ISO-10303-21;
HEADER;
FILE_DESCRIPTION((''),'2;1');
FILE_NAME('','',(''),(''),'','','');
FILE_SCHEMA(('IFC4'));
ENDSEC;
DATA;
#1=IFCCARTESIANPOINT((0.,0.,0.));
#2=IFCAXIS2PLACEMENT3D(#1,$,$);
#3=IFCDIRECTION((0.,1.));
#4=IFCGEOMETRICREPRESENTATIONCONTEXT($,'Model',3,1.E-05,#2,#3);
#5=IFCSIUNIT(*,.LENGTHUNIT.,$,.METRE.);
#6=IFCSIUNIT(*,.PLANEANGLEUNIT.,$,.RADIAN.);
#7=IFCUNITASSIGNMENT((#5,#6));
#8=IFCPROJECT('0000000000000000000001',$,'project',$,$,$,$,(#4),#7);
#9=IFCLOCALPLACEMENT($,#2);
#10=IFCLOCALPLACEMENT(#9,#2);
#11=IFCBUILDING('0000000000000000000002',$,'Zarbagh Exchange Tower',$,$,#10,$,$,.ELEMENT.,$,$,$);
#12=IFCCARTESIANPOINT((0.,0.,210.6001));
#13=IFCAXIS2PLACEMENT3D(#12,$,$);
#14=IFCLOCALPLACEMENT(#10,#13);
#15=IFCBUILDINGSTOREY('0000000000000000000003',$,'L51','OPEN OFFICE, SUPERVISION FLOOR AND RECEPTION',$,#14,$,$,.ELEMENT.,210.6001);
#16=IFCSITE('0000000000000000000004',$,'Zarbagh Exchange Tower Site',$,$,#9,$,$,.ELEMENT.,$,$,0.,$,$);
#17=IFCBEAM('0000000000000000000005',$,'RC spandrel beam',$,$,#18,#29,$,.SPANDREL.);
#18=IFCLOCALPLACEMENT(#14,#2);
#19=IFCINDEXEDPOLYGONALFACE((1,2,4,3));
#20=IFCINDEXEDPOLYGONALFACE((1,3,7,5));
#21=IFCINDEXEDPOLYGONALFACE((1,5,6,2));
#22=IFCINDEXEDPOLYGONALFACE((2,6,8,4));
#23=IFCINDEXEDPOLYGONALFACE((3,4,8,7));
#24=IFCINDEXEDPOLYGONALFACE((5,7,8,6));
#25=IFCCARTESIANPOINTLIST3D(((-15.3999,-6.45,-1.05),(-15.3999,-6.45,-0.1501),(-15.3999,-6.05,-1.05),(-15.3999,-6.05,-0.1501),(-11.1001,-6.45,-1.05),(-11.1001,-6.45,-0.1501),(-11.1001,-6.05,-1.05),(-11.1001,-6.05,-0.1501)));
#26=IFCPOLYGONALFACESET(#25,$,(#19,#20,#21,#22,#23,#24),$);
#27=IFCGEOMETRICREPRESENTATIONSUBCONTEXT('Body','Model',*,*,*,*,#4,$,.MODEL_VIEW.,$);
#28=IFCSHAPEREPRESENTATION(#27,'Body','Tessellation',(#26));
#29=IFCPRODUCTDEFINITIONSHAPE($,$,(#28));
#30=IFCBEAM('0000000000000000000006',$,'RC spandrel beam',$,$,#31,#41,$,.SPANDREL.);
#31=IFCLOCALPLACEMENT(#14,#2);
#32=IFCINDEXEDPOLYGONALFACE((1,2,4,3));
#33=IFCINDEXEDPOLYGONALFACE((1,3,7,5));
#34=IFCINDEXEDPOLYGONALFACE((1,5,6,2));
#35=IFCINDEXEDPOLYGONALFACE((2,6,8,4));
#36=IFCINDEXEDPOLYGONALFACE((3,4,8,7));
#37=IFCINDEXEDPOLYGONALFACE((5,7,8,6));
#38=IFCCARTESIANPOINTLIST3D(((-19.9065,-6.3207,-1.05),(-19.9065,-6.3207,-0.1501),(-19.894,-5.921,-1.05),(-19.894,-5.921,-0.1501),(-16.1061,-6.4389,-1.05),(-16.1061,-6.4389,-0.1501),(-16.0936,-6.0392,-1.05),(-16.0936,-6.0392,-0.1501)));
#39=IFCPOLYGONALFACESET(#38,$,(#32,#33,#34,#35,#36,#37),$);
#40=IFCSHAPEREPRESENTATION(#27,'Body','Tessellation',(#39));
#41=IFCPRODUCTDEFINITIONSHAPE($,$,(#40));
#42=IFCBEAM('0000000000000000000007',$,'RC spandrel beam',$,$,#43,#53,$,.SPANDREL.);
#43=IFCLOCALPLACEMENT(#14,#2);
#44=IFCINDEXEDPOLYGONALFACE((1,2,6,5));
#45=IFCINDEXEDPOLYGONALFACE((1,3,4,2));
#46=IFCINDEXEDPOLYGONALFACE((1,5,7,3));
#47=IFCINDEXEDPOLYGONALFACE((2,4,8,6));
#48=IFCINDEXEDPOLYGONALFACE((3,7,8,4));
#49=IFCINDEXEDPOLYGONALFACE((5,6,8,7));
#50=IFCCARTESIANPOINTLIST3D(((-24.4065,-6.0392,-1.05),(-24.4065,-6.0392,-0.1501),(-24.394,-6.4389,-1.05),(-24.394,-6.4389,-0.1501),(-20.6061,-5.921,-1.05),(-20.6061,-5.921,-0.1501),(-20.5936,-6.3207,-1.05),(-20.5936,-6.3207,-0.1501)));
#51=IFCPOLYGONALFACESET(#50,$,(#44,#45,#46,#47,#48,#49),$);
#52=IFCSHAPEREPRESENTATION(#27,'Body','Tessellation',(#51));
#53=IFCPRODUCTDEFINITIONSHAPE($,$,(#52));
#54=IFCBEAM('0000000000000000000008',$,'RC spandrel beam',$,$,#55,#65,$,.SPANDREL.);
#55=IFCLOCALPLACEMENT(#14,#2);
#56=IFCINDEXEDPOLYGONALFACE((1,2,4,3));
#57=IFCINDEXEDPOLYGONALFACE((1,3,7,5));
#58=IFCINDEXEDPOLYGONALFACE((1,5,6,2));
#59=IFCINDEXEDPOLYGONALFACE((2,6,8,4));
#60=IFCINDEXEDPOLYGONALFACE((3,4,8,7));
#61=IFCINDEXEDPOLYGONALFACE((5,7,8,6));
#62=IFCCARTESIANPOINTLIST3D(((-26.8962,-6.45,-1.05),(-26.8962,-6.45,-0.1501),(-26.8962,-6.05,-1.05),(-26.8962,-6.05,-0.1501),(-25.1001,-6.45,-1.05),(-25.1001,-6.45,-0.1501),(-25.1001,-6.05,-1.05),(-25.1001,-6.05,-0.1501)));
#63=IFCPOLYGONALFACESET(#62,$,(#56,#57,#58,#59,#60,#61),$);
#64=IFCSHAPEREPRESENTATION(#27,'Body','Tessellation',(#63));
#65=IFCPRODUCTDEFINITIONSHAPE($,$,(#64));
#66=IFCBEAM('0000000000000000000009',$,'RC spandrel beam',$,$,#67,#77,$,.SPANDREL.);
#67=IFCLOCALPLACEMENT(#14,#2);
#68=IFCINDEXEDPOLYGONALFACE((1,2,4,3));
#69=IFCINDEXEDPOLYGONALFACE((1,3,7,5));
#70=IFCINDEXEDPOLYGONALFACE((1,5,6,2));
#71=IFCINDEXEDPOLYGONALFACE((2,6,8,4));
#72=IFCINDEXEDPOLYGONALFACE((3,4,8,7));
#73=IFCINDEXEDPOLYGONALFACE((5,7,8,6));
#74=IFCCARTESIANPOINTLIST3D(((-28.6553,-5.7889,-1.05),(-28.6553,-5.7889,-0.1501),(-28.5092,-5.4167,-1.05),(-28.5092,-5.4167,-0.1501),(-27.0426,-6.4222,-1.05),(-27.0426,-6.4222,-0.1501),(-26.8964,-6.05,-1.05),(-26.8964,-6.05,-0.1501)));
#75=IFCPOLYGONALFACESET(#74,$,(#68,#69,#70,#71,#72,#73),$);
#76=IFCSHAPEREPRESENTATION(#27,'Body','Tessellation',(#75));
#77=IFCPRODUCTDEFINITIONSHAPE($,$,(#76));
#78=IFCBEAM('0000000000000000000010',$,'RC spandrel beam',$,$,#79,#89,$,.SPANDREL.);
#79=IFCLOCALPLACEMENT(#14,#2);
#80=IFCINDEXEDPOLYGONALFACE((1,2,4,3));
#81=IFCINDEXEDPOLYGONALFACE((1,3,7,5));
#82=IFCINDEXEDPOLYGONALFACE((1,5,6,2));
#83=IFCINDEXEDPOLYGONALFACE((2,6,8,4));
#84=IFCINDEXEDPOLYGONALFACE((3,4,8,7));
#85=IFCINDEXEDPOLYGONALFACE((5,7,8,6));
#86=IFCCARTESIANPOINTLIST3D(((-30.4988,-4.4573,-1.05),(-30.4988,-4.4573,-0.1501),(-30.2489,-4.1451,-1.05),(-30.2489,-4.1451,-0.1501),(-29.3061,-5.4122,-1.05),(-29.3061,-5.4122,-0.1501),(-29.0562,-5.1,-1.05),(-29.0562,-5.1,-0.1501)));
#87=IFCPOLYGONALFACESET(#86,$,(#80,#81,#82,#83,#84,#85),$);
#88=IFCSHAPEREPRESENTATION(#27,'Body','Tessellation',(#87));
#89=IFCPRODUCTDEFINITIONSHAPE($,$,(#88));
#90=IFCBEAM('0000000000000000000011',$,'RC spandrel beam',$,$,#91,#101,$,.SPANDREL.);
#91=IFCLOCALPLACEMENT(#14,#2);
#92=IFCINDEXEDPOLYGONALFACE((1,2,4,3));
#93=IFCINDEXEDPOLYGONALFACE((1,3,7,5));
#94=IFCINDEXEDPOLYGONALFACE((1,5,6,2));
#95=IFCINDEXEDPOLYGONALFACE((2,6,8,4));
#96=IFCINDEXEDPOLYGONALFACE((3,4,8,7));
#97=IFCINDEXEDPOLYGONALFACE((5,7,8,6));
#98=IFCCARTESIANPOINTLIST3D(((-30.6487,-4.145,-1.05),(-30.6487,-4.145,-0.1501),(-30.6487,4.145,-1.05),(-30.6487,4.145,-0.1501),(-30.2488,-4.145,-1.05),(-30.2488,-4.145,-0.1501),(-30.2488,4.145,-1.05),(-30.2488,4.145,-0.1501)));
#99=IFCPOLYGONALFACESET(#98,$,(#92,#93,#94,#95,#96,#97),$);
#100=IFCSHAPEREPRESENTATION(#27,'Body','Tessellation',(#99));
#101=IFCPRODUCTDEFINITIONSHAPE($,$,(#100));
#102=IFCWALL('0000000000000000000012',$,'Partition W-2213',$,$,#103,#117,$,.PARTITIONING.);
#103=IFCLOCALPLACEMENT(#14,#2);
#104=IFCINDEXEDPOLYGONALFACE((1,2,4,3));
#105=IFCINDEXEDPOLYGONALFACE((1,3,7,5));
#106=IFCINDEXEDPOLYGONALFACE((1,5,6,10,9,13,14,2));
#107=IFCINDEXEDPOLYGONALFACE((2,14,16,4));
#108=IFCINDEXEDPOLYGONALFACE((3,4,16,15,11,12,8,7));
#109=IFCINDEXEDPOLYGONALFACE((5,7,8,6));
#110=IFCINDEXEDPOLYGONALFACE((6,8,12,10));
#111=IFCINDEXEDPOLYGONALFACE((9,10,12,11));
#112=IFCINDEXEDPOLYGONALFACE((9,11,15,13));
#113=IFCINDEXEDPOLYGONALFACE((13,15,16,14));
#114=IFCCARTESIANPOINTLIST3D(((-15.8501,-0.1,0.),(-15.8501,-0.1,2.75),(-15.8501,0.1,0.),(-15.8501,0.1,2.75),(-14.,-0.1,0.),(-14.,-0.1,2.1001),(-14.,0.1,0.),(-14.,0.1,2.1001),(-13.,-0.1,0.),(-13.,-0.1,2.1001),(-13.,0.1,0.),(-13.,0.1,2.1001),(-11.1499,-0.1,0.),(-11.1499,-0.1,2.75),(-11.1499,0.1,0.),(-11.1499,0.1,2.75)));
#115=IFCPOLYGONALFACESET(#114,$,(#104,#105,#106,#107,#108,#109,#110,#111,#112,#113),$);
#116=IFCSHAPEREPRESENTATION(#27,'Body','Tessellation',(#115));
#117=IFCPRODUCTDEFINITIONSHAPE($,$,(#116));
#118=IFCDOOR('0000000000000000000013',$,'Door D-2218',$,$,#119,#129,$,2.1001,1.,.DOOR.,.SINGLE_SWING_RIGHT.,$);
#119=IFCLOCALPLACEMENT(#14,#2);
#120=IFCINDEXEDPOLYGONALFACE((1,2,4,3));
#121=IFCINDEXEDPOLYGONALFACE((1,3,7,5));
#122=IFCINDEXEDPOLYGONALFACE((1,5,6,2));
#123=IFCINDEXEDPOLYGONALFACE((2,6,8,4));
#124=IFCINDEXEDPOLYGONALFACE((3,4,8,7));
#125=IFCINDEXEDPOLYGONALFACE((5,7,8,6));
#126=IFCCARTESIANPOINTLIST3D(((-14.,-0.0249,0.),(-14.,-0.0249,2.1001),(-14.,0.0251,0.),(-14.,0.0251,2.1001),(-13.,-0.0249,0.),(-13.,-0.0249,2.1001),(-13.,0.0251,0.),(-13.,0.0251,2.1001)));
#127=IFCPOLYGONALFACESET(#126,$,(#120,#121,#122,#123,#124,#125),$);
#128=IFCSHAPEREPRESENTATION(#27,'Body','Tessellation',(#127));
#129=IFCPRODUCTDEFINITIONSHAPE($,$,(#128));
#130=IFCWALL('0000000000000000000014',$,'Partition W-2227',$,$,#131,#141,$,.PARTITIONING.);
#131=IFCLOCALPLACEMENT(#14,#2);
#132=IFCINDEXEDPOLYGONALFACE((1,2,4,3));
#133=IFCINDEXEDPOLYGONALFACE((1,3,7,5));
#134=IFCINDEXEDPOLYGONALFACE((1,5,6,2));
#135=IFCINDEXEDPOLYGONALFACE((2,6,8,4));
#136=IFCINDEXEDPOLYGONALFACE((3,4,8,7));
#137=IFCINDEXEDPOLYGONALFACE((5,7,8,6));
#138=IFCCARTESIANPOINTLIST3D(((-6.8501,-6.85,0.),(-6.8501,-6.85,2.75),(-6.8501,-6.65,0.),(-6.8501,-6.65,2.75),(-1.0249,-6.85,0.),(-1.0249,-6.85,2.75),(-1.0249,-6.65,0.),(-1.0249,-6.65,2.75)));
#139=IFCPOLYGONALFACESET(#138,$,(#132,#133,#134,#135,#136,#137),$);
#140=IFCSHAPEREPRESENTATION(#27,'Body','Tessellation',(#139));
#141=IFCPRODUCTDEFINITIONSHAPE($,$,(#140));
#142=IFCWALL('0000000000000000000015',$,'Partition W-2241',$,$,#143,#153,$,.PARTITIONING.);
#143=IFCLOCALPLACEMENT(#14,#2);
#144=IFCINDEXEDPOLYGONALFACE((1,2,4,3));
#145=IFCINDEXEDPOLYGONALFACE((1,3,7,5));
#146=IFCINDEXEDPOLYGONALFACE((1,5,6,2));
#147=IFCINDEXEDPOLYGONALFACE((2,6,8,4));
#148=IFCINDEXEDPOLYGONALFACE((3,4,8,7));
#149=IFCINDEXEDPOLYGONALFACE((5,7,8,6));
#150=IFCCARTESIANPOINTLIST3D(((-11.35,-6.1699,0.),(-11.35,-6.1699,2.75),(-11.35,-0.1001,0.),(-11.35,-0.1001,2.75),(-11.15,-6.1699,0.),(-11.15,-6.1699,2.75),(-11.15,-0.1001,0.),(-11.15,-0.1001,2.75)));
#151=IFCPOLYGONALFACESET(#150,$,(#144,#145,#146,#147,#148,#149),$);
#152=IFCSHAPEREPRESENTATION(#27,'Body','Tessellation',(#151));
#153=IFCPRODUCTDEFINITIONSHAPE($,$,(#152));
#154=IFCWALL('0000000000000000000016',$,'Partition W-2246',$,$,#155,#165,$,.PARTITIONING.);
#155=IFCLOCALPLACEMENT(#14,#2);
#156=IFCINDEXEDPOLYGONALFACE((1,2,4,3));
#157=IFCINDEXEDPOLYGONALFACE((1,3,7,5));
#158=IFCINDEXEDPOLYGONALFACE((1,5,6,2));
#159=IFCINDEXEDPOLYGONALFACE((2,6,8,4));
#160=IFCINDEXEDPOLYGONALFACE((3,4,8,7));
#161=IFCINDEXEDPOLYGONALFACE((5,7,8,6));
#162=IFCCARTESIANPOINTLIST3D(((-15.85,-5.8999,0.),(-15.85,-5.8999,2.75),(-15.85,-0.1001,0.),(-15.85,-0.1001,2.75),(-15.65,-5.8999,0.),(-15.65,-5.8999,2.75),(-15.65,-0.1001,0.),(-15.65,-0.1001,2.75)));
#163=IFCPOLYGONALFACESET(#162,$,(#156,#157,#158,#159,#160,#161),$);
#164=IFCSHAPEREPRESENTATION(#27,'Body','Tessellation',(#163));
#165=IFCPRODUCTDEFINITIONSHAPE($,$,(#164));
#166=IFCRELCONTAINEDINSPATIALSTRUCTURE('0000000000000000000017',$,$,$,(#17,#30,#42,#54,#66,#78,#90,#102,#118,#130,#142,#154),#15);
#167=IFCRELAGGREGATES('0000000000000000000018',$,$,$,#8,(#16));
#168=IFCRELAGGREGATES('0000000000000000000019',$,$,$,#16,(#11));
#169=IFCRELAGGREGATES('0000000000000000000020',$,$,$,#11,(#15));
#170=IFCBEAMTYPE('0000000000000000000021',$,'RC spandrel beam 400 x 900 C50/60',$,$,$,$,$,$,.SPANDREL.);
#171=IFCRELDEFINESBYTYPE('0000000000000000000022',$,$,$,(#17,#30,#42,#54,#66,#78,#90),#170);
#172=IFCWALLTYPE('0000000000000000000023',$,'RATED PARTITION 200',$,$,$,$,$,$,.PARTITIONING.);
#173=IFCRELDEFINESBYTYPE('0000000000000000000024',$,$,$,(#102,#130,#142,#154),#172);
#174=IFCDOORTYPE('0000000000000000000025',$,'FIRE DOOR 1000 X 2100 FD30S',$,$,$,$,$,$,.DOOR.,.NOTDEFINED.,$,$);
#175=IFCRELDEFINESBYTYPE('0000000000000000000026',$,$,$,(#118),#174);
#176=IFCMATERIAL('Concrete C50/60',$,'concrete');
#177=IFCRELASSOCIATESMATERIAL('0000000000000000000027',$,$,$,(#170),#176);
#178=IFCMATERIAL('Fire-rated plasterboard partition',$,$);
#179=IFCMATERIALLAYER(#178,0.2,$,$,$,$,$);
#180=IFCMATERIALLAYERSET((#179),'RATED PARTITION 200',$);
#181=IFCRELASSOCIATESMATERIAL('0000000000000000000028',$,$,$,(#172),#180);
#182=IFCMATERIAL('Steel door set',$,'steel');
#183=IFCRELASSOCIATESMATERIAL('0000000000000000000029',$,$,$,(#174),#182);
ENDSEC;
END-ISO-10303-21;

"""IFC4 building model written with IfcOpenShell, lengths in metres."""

from ifc_helpers import new_model, si_unit, direction, frame, frame_2d, origin, origin_2d, place, context, subcontext, project, spatial, rectangle, extrude, material, layer, layer_set, material_profile, profile_set, type_object, element, fill, save


model = new_model("IFC4")

# Units and contexts
model_context = context("Model", 3, precision=1e-05, world=origin(), true_north=direction((0.0, 1.0)))
body_context = subcontext(model_context, "Body", "Model", "MODEL_VIEW")
ifc_project = project(units=[si_unit("LENGTHUNIT", "METRE"), si_unit("PLANEANGLEUNIT", "RADIAN")], contexts=[model_context])

# Site, building, storey
site_placement = place(None, origin())
site = spatial("IfcSite", under=ifc_project, at=site_placement, Name="Zarbagh Exchange Tower Site", CompositionType="ELEMENT", RefElevation=0.0)
building_placement = place(site_placement, origin())
building = spatial("IfcBuilding", under=site, at=building_placement, Name="Zarbagh Exchange Tower", CompositionType="ELEMENT")
storey_placement = place(building_placement, frame((0.0, 0.0, 210.6001)))
storey = spatial("IfcBuildingStorey", under=building, at=storey_placement, Name="L51", Description="OPEN OFFICE, SUPERVISION FLOOR AND RECEPTION", CompositionType="ELEMENT", Elevation=210.6001)

# Shared definitions
ifc_material_1 = material(Name="Concrete C50/60", Category="concrete")

# Beams
ifc_material_profile_1 = material_profile(ifc_material_1, rectangle(XDim=0.3999, YDim=0.8999, at=origin_2d()), Name="RC spandrel beam 400 x 900 C50/60")
ifc_profile_set_1 = profile_set([ifc_material_profile_1], Name="Concrete C50/60")
beam_type_1 = type_object("IfcBeamType", Name="RC spandrel beam 400 x 900 C50/60", PredefinedType="SPANDREL", material=ifc_profile_set_1)
beam_1_placement = place(storey_placement, frame((-11.1001, -6.25, -0.6001), z_axis=(-1.0, 0.0, 0.0), x_axis=(0.0, -1.0, 0.0)))
element("IfcBeam", 1, at=beam_1_placement, inside=storey, type_object=beam_type_1, Name="RC spandrel beam", PredefinedType="SPANDREL", context=body_context, shape_type="SweptSolid", body=[
    extrude(rectangle(XDim=0.3999, YDim=0.8999, at=origin_2d()), origin(), (0.0, 0.0, 1.0), 4.2998),
])
for number, where, z_axis, x_axis, name in (
    (2, (-16.0999, -6.239, -0.6001), (-0.999517, 0.031078, 0.0), (-0.031078, -0.999517, 0.0), "RC spandrel beam"),
    (3, (-20.5999, -6.1208, -0.6001), (-0.999517, -0.031078, 0.0), (0.031078, -0.999517, 0.0), "RC spandrel beam"),
):
    element("IfcBeam", number, at=place(storey_placement, frame(where, z_axis=z_axis, x_axis=x_axis)), inside=storey, type_object=beam_type_1, Name=name, PredefinedType="SPANDREL", context=body_context, shape_type="SweptSolid", body=[
        extrude(rectangle(XDim=0.3999, YDim=0.8999, at=origin_2d()), origin(), (0.0, 0.0, 1.0), 3.8022),
    ])
beam_2_placement = place(storey_placement, frame((-25.1001, -6.25, -0.6001), z_axis=(-1.0, 0.0, 0.0), x_axis=(0.0, -1.0, 0.0)))
element("IfcBeam", 4, at=beam_2_placement, inside=storey, type_object=beam_type_1, Name="RC spandrel beam", PredefinedType="SPANDREL", context=body_context, shape_type="SweptSolid", body=[
    extrude(rectangle(XDim=0.3999, YDim=0.8999, at=origin_2d()), origin(), (0.0, 0.0, 1.0), 1.7961),
])
beam_3_placement = place(storey_placement, frame((-26.9695, -6.2361, -0.6001), z_axis=(-0.93081, 0.365504, 0.0), x_axis=(-0.365504, -0.93081, 0.0)))
element("IfcBeam", 5, at=beam_3_placement, inside=storey, type_object=beam_type_1, Name="RC spandrel beam", PredefinedType="SPANDREL", context=body_context, shape_type="SweptSolid", body=[
    extrude(rectangle(XDim=0.3999, YDim=0.8999, at=origin_2d()), origin(), (0.0, 0.0, 1.0), 1.7327),
])
beam_4_placement = place(storey_placement, frame((-29.1812, -5.2561, -0.6001), z_axis=(-0.780635, 0.624987, 0.0), x_axis=(-0.624987, -0.780635, 0.0)))
element("IfcBeam", 6, at=beam_4_placement, inside=storey, type_object=beam_type_1, Name="RC spandrel beam", PredefinedType="SPANDREL", context=body_context, shape_type="SweptSolid", body=[
    extrude(rectangle(XDim=0.3999, YDim=0.8999, at=origin_2d()), origin(), (0.0, 0.0, 1.0), 1.5278),
])
beam_5_placement = place(storey_placement, frame((-30.4487, -4.145, -0.6001), z_axis=(0.0, 1.0, 0.0), x_axis=(-1.0, 0.0, 0.0)))
element("IfcBeam", 7, at=beam_5_placement, inside=storey, type_object=beam_type_1, Name="RC spandrel beam", PredefinedType="SPANDREL", context=body_context, shape_type="SweptSolid", body=[
    extrude(rectangle(XDim=0.3999, YDim=0.8999, at=origin_2d()), origin(), (0.0, 0.0, 1.0), 8.29),
])

# Wall, opening, door
ifc_material_2 = material(Name="Fire-rated plasterboard partition")
ifc_layer = layer(ifc_material_2, 0.2)
ifc_layer_set = layer_set([ifc_layer], Name="RATED PARTITION 200")
wall_type = type_object("IfcWallType", Name="RATED PARTITION 200", PredefinedType="PARTITIONING", material=ifc_layer_set)
wall_1_placement = place(storey_placement, frame((-11.1499, 0.0, 0.0), z_axis=(0.0, 0.0, 1.0), x_axis=(-1.0, 0.0, 0.0)))
wall_1 = element("IfcWall", 8, at=wall_1_placement, inside=storey, type_object=wall_type, Name="Partition W-2213", PredefinedType="PARTITIONING", context=body_context, shape_type="SweptSolid", body=[
    extrude(rectangle(XDim=4.7002, YDim=0.2, at=frame_2d((2.3501, 0.0))), origin(), (0.0, 0.0, 1.0), 2.75),
])
opening_placement = place(wall_1_placement, frame((1.8501, 0.0, 0.0)))
opening = element("IfcOpeningElement", 9, at=opening_placement, cuts=wall_1, PredefinedType="OPENING", context=body_context, shape_type="SweptSolid", body=[
    extrude(rectangle(XDim=1.0, YDim=2.1001, at=frame_2d((0.5, 1.05))), frame((0.0, 0.1099, 0.0), z_axis=(0.0, -1.0, 0.0), x_axis=(1.0, 0.0, 0.0)), (0.0, 0.0, 1.0), 0.22),
])
ifc_material_3 = material(Name="Steel door set", Category="steel")
door_type = type_object("IfcDoorType", Name="FIRE DOOR 1000 X 2100 FD30S", OperationType="NOTDEFINED", PredefinedType="DOOR", material=ifc_material_3)
door_placement = place(opening_placement, origin())
door = element("IfcDoor", 10, at=door_placement, inside=storey, type_object=door_type, Name="Door D-2218", OperationType="SINGLE_SWING_RIGHT", OverallHeight=2.1001, OverallWidth=1.0, PredefinedType="DOOR", context=body_context, shape_type="SweptSolid", body=[
    extrude(rectangle(XDim=1.0, YDim=2.1001, at=frame_2d((0.5, 1.05))), frame((0.0, 0.0249, 0.0), z_axis=(0.0, -1.0, 0.0), x_axis=(1.0, 0.0, 0.0)), (0.0, 0.0, 1.0), 0.05),
])
fill(opening, door)

# Walls
wall_2_placement = place(storey_placement, frame((-6.8501, -6.75, 0.0), z_axis=(0.0, 0.0, 1.0), x_axis=(1.0, 0.0, 0.0)))
element("IfcWall", 11, at=wall_2_placement, inside=storey, type_object=wall_type, Name="Partition W-2227", PredefinedType="PARTITIONING", context=body_context, shape_type="SweptSolid", body=[
    extrude(rectangle(XDim=5.8252, YDim=0.2, at=frame_2d((2.9126, 0.0))), origin(), (0.0, 0.0, 1.0), 2.75),
])
wall_3_placement = place(storey_placement, frame((-11.25, -6.1699, 0.0), z_axis=(0.0, 0.0, 1.0), x_axis=(0.0, 1.0, 0.0)))
element("IfcWall", 12, at=wall_3_placement, inside=storey, type_object=wall_type, Name="Partition W-2241", PredefinedType="PARTITIONING", context=body_context, shape_type="SweptSolid", body=[
    extrude(rectangle(XDim=6.0698, YDim=0.2, at=frame_2d((3.0349, 0.0))), origin(), (0.0, 0.0, 1.0), 2.75),
])
wall_4_placement = place(storey_placement, frame((-15.75, -5.8999, 0.0), z_axis=(0.0, 0.0, 1.0), x_axis=(0.0, 1.0, 0.0)))
element("IfcWall", 13, at=wall_4_placement, inside=storey, type_object=wall_type, Name="Partition W-2246", PredefinedType="PARTITIONING", context=body_context, shape_type="SweptSolid", body=[
    extrude(rectangle(XDim=5.7998, YDim=0.2, at=frame_2d((2.8999, 0.0))), origin(), (0.0, 0.0, 1.0), 2.75),
])

save(model, "model.ifc")
